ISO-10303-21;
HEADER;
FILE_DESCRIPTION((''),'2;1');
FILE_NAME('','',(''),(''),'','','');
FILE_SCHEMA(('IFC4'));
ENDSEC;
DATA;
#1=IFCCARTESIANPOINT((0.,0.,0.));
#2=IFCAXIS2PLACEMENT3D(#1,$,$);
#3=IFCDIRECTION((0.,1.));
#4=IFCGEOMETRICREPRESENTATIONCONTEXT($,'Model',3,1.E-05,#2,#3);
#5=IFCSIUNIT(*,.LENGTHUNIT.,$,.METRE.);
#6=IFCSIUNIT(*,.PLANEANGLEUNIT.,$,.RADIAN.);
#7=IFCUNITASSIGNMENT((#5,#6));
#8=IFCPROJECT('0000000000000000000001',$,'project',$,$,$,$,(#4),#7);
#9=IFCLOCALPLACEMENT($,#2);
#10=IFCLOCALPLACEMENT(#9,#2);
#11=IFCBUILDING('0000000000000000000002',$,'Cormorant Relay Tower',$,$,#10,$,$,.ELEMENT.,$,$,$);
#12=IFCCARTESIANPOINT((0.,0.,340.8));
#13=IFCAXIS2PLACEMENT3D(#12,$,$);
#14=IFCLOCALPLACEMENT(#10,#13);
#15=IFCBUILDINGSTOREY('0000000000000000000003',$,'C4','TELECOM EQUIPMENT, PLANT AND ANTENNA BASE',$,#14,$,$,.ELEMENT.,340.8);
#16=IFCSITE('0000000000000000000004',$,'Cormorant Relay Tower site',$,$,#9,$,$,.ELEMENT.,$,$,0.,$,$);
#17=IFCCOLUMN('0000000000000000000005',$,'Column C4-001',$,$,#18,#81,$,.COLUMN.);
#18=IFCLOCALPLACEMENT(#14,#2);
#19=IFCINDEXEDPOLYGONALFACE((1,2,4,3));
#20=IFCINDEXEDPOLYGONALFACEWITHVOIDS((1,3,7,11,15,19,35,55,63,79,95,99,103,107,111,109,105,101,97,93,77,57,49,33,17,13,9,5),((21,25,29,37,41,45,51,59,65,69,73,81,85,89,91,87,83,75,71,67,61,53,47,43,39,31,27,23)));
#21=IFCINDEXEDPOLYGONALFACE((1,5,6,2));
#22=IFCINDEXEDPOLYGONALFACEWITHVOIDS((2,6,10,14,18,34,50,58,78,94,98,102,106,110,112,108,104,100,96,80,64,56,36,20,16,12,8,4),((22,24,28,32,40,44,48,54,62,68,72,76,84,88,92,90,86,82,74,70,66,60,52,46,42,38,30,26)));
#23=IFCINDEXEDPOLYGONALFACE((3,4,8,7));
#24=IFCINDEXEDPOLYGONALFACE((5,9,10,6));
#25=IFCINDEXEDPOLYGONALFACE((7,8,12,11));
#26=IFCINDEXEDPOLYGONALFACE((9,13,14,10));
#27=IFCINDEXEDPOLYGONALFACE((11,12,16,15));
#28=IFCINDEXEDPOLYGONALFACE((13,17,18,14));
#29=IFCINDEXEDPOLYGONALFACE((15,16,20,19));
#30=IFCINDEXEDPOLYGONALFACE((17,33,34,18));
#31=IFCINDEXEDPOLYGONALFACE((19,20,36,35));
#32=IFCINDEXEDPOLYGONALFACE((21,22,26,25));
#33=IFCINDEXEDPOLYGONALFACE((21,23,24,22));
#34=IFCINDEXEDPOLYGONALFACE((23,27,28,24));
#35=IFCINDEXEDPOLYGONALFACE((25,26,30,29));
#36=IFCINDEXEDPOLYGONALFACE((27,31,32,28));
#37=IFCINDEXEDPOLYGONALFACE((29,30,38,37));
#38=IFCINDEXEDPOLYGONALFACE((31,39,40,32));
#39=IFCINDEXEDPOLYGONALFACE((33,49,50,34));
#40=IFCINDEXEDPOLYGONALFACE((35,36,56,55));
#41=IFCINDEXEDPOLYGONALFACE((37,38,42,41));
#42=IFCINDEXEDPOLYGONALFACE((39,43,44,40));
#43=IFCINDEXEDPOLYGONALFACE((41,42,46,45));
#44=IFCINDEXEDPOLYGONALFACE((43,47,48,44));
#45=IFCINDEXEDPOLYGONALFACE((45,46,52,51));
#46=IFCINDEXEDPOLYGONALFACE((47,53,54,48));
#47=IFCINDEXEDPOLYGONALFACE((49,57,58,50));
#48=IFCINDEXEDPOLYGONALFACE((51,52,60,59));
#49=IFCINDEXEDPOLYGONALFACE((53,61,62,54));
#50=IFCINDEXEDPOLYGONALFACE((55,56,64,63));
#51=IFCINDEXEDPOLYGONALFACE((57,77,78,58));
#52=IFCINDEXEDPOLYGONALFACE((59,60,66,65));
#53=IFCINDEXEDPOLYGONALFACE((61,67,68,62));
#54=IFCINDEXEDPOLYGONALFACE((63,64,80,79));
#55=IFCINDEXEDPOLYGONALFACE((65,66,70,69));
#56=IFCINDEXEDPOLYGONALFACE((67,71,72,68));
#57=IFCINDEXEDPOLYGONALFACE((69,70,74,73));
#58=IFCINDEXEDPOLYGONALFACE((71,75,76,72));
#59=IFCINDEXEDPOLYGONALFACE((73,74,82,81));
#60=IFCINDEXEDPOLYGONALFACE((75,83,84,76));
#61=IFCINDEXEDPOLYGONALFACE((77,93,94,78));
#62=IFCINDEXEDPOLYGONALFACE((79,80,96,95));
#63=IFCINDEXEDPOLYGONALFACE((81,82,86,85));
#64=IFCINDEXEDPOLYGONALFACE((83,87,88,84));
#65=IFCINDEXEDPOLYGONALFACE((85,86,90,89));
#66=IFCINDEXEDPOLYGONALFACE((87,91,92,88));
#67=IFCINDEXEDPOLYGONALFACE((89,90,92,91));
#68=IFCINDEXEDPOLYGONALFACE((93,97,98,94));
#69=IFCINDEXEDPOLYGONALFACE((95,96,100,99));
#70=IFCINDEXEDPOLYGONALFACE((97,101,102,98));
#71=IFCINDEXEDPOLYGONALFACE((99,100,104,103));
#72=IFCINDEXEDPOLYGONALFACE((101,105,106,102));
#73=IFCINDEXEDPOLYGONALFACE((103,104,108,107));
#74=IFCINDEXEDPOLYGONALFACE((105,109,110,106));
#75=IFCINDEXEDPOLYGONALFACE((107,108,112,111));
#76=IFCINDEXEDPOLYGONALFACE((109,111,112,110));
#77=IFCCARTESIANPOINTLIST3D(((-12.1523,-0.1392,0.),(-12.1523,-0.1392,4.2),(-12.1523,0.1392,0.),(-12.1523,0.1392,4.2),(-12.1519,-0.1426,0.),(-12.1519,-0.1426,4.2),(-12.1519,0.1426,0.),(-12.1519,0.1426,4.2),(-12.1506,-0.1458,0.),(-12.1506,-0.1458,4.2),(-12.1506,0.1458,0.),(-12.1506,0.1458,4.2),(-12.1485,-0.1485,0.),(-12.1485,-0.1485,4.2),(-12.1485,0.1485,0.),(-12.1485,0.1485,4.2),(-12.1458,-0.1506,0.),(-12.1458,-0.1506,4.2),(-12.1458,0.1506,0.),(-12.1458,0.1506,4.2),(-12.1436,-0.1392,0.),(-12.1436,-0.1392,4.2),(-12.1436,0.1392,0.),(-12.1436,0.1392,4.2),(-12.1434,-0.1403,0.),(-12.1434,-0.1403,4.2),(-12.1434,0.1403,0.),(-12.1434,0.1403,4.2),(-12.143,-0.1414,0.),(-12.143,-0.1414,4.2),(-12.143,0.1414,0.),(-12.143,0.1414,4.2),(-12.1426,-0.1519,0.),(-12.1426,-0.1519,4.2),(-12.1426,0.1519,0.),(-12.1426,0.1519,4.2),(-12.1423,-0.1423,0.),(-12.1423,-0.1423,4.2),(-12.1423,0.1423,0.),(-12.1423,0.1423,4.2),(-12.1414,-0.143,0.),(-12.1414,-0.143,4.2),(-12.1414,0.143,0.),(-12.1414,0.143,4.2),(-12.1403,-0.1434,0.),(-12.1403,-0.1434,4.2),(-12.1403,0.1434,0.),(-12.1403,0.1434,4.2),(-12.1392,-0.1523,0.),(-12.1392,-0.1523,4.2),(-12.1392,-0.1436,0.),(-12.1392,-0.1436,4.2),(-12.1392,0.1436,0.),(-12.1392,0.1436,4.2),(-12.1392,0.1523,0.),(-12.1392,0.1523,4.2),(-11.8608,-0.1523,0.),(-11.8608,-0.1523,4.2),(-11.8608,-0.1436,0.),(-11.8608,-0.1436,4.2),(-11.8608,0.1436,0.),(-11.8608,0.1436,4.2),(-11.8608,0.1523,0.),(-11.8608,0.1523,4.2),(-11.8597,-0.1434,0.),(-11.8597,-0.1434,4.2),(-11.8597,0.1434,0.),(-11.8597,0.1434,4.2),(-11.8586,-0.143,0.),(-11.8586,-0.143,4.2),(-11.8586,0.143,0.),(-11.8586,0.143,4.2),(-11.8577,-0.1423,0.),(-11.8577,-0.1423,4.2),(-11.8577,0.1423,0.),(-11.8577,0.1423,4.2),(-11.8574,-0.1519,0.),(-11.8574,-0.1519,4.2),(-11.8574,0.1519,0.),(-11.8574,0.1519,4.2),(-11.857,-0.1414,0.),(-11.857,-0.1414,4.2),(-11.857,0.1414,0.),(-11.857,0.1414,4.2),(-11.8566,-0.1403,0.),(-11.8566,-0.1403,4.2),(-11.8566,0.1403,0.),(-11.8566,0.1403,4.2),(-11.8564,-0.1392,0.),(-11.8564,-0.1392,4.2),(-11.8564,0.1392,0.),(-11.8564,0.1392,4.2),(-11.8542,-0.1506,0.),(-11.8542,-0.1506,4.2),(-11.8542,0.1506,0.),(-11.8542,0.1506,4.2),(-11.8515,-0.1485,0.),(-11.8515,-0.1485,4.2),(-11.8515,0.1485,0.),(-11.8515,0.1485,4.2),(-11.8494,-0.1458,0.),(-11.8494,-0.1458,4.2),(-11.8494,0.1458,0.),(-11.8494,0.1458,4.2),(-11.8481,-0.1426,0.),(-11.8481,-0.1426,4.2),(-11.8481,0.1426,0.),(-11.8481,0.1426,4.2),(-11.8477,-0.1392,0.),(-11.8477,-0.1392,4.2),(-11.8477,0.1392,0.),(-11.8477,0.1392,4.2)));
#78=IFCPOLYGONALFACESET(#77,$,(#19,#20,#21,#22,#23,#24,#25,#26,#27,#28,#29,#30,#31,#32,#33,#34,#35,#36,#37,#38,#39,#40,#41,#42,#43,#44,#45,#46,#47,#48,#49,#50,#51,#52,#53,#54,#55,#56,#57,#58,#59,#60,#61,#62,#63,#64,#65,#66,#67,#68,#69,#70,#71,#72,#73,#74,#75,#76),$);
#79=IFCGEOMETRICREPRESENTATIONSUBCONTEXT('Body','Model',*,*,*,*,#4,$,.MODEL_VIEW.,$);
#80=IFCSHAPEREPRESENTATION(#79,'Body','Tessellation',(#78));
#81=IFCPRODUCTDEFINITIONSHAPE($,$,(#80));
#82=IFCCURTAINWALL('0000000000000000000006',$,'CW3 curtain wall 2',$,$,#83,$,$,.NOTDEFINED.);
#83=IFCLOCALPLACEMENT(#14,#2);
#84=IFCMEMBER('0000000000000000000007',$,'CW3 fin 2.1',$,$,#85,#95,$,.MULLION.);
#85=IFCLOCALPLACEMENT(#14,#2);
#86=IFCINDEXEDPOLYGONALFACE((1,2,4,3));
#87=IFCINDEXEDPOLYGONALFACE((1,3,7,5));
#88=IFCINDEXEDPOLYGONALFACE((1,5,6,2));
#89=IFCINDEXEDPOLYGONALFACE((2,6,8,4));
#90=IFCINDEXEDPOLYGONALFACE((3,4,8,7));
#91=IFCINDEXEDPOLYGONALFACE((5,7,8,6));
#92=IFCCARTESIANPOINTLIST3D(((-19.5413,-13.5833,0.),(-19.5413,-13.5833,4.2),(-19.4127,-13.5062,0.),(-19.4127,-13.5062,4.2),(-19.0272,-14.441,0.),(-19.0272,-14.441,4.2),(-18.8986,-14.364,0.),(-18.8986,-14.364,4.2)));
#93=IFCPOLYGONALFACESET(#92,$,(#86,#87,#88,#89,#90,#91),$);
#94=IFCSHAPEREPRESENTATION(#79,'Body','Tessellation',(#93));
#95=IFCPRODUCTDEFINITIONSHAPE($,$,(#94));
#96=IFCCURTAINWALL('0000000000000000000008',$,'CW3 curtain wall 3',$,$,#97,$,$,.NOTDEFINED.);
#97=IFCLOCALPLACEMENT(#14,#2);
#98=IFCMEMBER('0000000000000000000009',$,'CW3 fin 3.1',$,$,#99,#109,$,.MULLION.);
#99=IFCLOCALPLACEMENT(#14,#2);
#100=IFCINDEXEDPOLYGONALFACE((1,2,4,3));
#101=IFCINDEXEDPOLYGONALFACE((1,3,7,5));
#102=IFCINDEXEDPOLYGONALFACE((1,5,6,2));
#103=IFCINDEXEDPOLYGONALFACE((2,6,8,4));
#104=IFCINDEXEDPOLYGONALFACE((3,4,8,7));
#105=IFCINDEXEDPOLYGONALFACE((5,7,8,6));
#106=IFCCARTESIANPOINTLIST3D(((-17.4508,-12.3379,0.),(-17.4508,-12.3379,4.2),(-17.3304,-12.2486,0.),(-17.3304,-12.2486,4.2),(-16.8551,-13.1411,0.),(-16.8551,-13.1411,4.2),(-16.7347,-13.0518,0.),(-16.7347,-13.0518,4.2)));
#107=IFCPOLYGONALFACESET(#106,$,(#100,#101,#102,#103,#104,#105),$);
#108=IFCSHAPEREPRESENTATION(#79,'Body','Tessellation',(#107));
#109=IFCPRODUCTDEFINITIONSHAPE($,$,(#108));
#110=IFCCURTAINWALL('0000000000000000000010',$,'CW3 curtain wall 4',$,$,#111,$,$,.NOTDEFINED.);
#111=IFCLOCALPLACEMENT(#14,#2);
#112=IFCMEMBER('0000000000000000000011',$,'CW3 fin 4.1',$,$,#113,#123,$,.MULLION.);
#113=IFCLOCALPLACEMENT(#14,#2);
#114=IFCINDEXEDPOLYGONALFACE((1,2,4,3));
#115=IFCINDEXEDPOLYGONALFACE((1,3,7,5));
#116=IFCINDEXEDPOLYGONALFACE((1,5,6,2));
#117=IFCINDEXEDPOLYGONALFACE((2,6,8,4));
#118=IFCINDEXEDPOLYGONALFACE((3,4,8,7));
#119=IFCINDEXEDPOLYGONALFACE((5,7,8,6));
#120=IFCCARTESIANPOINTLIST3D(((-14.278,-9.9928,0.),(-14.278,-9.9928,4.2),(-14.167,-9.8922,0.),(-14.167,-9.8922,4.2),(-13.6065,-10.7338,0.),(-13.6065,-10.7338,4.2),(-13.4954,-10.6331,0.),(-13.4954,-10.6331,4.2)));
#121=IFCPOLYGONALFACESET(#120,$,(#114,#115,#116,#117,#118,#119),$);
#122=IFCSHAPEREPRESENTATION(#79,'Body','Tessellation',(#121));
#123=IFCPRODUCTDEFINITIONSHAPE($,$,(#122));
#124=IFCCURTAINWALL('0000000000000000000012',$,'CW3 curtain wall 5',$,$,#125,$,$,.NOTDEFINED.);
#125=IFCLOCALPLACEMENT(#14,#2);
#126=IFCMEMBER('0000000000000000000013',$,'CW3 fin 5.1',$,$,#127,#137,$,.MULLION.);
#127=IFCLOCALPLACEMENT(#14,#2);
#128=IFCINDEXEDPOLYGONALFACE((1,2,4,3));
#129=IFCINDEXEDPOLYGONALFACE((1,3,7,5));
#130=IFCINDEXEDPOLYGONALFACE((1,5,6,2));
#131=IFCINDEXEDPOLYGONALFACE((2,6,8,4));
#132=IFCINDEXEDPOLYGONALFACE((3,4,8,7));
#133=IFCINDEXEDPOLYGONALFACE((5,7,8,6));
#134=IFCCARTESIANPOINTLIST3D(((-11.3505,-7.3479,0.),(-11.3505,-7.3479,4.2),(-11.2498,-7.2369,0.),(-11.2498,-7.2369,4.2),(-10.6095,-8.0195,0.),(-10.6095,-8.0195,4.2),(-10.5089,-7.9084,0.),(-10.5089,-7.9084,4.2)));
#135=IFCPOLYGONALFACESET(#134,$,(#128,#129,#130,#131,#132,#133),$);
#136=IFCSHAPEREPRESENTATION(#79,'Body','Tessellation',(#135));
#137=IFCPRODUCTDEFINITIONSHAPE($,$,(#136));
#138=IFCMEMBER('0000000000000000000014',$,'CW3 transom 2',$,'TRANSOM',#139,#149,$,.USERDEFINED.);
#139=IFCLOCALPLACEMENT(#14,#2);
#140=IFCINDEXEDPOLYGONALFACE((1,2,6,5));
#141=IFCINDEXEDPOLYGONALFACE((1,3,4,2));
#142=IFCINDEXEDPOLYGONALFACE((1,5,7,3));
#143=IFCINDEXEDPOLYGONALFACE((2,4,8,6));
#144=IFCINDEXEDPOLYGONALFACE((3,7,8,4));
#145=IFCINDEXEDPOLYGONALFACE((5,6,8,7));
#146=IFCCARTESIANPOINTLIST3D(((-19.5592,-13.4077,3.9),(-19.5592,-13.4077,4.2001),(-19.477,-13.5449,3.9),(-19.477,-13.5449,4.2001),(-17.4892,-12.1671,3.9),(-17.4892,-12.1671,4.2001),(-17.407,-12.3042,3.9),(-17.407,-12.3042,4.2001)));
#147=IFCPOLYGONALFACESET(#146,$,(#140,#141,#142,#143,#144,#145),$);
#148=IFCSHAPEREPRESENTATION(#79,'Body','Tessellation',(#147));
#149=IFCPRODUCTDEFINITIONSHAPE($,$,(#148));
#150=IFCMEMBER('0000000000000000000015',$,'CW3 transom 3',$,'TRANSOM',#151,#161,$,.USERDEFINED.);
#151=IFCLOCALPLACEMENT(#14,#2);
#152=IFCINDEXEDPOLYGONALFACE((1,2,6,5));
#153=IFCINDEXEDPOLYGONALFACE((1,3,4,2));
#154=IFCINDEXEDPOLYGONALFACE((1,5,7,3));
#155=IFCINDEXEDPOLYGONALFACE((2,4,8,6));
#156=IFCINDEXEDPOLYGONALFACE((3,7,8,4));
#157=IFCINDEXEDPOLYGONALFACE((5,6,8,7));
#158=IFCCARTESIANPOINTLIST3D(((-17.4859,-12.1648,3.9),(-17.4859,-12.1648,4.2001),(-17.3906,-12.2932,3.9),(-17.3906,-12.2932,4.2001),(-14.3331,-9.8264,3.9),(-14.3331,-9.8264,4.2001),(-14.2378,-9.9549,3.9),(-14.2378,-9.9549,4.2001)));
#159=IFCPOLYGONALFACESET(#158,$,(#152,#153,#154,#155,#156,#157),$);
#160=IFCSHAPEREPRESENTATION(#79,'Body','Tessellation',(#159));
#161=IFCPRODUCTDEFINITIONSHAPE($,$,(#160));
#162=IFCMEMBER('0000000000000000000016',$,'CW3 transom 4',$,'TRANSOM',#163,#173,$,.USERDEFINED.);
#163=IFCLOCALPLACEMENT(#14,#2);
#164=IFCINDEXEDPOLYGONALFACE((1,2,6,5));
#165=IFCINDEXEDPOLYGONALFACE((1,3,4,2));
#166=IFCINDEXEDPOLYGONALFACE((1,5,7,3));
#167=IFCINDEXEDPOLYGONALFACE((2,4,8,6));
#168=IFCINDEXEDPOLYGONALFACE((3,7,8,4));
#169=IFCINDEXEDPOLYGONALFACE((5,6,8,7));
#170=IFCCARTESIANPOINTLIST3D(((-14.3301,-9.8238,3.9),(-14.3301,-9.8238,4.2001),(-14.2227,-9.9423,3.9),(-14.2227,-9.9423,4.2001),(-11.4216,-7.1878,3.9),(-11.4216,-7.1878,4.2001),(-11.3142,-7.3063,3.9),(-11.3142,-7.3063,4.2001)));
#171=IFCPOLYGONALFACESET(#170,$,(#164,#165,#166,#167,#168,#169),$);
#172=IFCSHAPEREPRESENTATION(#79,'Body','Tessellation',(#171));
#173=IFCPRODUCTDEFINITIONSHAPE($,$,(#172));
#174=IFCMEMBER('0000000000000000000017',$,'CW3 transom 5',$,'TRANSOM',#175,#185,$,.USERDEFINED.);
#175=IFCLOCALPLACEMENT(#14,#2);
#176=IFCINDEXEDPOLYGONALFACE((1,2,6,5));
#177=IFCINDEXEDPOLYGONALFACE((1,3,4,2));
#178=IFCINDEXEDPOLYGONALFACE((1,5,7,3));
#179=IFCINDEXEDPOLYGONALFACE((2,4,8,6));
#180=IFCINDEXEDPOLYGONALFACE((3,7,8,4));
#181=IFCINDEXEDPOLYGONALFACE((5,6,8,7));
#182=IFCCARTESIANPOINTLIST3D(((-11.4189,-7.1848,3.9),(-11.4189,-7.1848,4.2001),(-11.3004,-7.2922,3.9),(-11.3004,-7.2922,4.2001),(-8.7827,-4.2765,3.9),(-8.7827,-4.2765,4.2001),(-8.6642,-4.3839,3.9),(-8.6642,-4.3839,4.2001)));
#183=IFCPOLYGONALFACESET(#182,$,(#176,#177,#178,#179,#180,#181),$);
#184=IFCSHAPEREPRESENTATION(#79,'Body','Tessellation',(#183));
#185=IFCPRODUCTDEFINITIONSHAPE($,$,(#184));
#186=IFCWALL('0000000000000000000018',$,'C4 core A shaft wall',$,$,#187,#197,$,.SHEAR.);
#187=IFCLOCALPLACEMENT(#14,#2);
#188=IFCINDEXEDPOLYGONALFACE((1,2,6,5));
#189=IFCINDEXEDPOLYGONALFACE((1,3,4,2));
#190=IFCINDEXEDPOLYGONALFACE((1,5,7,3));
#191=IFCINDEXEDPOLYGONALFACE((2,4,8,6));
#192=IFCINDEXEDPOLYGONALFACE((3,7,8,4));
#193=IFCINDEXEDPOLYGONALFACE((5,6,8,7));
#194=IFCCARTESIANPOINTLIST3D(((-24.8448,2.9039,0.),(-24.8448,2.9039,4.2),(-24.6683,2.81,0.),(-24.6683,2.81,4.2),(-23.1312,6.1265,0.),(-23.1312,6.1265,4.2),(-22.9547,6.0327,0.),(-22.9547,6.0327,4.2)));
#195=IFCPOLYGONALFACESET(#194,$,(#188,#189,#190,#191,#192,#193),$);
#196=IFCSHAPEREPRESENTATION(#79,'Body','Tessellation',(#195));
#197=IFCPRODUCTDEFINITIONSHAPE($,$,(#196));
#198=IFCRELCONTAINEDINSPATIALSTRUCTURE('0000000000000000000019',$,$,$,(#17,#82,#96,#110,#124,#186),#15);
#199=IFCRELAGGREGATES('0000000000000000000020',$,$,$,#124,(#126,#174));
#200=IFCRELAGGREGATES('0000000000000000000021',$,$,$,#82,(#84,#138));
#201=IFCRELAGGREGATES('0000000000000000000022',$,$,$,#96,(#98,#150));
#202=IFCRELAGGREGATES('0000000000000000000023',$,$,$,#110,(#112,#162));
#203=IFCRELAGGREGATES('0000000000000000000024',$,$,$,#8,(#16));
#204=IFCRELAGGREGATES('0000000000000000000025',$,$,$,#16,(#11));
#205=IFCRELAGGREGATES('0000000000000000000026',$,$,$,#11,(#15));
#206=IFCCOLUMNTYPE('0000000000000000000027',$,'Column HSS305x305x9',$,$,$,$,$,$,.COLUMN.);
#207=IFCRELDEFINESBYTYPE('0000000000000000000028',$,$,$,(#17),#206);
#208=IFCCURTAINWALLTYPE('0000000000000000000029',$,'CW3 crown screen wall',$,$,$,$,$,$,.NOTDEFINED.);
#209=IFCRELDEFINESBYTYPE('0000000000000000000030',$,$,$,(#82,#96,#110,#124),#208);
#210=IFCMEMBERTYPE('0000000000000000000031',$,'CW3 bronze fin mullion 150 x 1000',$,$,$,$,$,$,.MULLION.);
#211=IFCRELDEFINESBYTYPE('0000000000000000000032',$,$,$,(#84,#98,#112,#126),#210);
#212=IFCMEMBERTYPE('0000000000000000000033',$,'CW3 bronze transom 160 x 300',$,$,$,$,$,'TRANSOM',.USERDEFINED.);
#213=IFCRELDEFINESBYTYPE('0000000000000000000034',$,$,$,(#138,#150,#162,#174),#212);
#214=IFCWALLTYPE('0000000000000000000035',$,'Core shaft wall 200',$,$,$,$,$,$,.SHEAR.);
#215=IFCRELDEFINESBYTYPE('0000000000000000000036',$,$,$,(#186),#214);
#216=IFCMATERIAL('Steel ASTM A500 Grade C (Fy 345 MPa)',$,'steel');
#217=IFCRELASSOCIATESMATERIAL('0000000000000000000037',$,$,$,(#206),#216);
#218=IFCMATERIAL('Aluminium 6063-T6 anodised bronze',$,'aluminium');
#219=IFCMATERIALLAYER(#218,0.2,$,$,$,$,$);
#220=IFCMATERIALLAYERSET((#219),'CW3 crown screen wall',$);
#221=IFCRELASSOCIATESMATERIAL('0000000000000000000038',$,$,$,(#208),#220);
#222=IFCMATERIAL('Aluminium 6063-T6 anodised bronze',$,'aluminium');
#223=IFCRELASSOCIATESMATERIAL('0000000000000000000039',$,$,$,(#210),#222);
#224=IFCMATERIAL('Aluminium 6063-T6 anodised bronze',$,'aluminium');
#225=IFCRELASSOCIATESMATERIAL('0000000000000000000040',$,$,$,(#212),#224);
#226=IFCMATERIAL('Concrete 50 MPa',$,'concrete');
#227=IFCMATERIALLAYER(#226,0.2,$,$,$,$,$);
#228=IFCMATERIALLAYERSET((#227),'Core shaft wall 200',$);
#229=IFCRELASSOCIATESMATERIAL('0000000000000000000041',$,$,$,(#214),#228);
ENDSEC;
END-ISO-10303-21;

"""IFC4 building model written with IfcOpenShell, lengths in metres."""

from ifc_helpers import new_model, si_unit, direction, frame, frame_2d, origin, origin_2d, place, context, subcontext, project, spatial, rectangle, hollow_rectangle, extrude, material, layer, layer_set, material_profile, profile_set, type_object, element, aggregate, save


model = new_model("IFC4")

# Units and contexts
model_context = context("Model", 3, precision=1e-05, world=origin(), true_north=direction((0.0, 1.0)))
body_context = subcontext(model_context, "Body", "Model", "MODEL_VIEW")
ifc_project = project(units=[si_unit("LENGTHUNIT", "METRE"), si_unit("PLANEANGLEUNIT", "RADIAN")], contexts=[model_context])

# Site, building, storey
site_placement = place(None, origin())
site = spatial("IfcSite", under=ifc_project, at=site_placement, Name="Cormorant Relay Tower site", CompositionType="ELEMENT", RefElevation=0.0)
building_placement = place(site_placement, origin())
building = spatial("IfcBuilding", under=site, at=building_placement, Name="Cormorant Relay Tower", CompositionType="ELEMENT")
storey_placement = place(building_placement, frame((0.0, 0.0, 340.8)))
storey = spatial("IfcBuildingStorey", under=building, at=storey_placement, Name="C4", Description="TELECOM EQUIPMENT, PLANT AND ANTENNA BASE", CompositionType="ELEMENT", Elevation=340.8)

# Column
ifc_material_1 = material(Name="Steel ASTM A500 Grade C (Fy 345 MPa)", Category="steel")
ifc_material_profile_1 = material_profile(ifc_material_1, hollow_rectangle(XDim=0.3047, YDim=0.3047, WallThickness=0.0088, InnerFilletRadius=0.0044, OuterFilletRadius=0.0132, at=origin_2d()), Name="HSS305x305x9")
ifc_profile_set_1 = profile_set([ifc_material_profile_1], Name="Steel ASTM A500 Grade C (Fy 345 MPa)")
column_type = type_object("IfcColumnType", Name="Column HSS305x305x9", PredefinedType="COLUMN", material=ifc_profile_set_1)
column_placement = place(storey_placement, frame((-12.0, 0.0, 0.0), z_axis=(0.0, 0.0, 1.0), x_axis=(1.0, 0.0, 0.0)))
element("IfcColumn", 1, at=column_placement, inside=storey, type_object=column_type, Name="Column C4-001", PredefinedType="COLUMN", context=body_context, shape_type="SweptSolid", body=[
    extrude(hollow_rectangle(XDim=0.3047, YDim=0.3047, WallThickness=0.0088, InnerFilletRadius=0.0044, OuterFilletRadius=0.0132, at=origin_2d()), origin(), (0.0, 0.0, 1.0), 4.2),
])

# Curtain walls, members
ifc_material_2 = material(Name="Aluminium 6063-T6 anodised bronze", Category="aluminium")
ifc_layer_1 = layer(ifc_material_2, 0.2)
ifc_layer_set_1 = layer_set([ifc_layer_1], Name="CW3 crown screen wall")
curtain_wall_type = type_object("IfcCurtainWallType", Name="CW3 crown screen wall", PredefinedType="NOTDEFINED", material=ifc_layer_set_1)
curtain_wall_1_placement = place(storey_placement, origin())
curtain_wall_1 = element("IfcCurtainWall", 2, at=curtain_wall_1_placement, inside=storey, type_object=curtain_wall_type, Name="CW3 curtain wall 2", PredefinedType="NOTDEFINED")
ifc_material_3 = material(Name="Aluminium 6063-T6 anodised bronze", Category="aluminium")
ifc_material_profile_2 = material_profile(ifc_material_3, rectangle(XDim=0.1499, YDim=1.0, at=origin_2d()), Name="AL 150x1000")
ifc_profile_set_2 = profile_set([ifc_material_profile_2], Name="Aluminium 6063-T6 anodised bronze")
member_type_1 = type_object("IfcMemberType", Name="CW3 bronze fin mullion 150 x 1000", PredefinedType="MULLION", material=ifc_profile_set_2)
member_1_placement = place(storey_placement, frame((-19.22, -13.9736, 0.0), z_axis=(0.0, 0.0, 1.0), x_axis=(0.857729, 0.514103, 0.0)))
member_1 = element("IfcMember", 3, at=member_1_placement, type_object=member_type_1, Name="CW3 fin 2.1", PredefinedType="MULLION", context=body_context, shape_type="SweptSolid", body=[
    extrude(rectangle(XDim=0.1499, YDim=1.0, at=origin_2d()), origin(), (0.0, 0.0, 1.0), 4.2),
])
curtain_wall_2_placement = place(storey_placement, origin())
curtain_wall_2 = element("IfcCurtainWall", 4, at=curtain_wall_2_placement, inside=storey, type_object=curtain_wall_type, Name="CW3 curtain wall 3", PredefinedType="NOTDEFINED")
member_2_placement = place(storey_placement, frame((-17.0928, -12.6948, 0.0), z_axis=(0.0, 0.0, 1.0), x_axis=(0.803208, 0.595699, 0.0)))
member_2 = element("IfcMember", 5, at=member_2_placement, type_object=member_type_1, Name="CW3 fin 3.1", PredefinedType="MULLION", context=body_context, shape_type="SweptSolid", body=[
    extrude(rectangle(XDim=0.1499, YDim=1.0, at=origin_2d()), origin(), (0.0, 0.0, 1.0), 4.2),
])
curtain_wall_3_placement = place(storey_placement, origin())
curtain_wall_3 = element("IfcCurtainWall", 6, at=curtain_wall_3_placement, inside=storey, type_object=curtain_wall_type, Name="CW3 curtain wall 4", PredefinedType="NOTDEFINED")
member_3_placement = place(storey_placement, frame((-13.8867, -10.313, 0.0), z_axis=(0.0, 0.0, 1.0), x_axis=(0.740951, 0.671559, 0.0)))
member_3 = element("IfcMember", 7, at=member_3_placement, type_object=member_type_1, Name="CW3 fin 4.1", PredefinedType="MULLION", context=body_context, shape_type="SweptSolid", body=[
    extrude(rectangle(XDim=0.1499, YDim=1.0, at=origin_2d()), origin(), (0.0, 0.0, 1.0), 4.2),
])
curtain_wall_4_placement = place(storey_placement, origin())
curtain_wall_4 = element("IfcCurtainWall", 8, at=curtain_wall_4_placement, inside=storey, type_object=curtain_wall_type, Name="CW3 curtain wall 5", PredefinedType="NOTDEFINED")
member_4_placement = place(storey_placement, frame((-10.9297, -7.6282, 0.0), z_axis=(0.0, 0.0, 1.0), x_axis=(0.671559, 0.740951, 0.0)))
member_4 = element("IfcMember", 9, at=member_4_placement, type_object=member_type_1, Name="CW3 fin 5.1", PredefinedType="MULLION", context=body_context, shape_type="SweptSolid", body=[
    extrude(rectangle(XDim=0.1499, YDim=1.0, at=origin_2d()), origin(), (0.0, 0.0, 1.0), 4.2),
])

# Members
ifc_material_4 = material(Name="Aluminium 6063-T6 anodised bronze", Category="aluminium")
ifc_material_profile_3 = material_profile(ifc_material_4, rectangle(XDim=0.1599, YDim=0.3, at=origin_2d()), Name="AL 160x300")
ifc_profile_set_3 = profile_set([ifc_material_profile_3], Name="Aluminium 6063-T6 anodised bronze")
member_type_2 = type_object("IfcMemberType", Name="CW3 bronze transom 160 x 300", ElementType="TRANSOM", PredefinedType="USERDEFINED", material=ifc_profile_set_3)
member_5_placement = place(storey_placement, frame((-19.5181, -13.4763, 4.05), z_axis=(0.857734, 0.514094, 0.0), x_axis=(-0.514094, 0.857734, 0.0)))
member_5 = element("IfcMember", 10, at=member_5_placement, type_object=member_type_2, Name="CW3 transom 2", ObjectType="TRANSOM", PredefinedType="USERDEFINED", context=body_context, shape_type="SweptSolid", body=[
    extrude(rectangle(XDim=0.1599, YDim=0.3, at=origin_2d()), origin(), (0.0, 0.0, 1.0), 2.4133),
])
member_6_placement = place(storey_placement, frame((-17.4382, -12.229, 4.05), z_axis=(0.803198, 0.595712, 0.0), x_axis=(-0.595712, 0.803198, 0.0)))
member_6 = element("IfcMember", 11, at=member_6_placement, type_object=member_type_2, Name="CW3 transom 3", ObjectType="TRANSOM", PredefinedType="USERDEFINED", context=body_context, shape_type="SweptSolid", body=[
    extrude(rectangle(XDim=0.1599, YDim=0.3, at=origin_2d()), origin(), (0.0, 0.0, 1.0), 3.9253),
])
member_7_placement = place(storey_placement, frame((-14.2764, -9.8831, 4.05), z_axis=(0.740961, 0.671548, 0.0), x_axis=(-0.671548, 0.740961, 0.0)))
member_7 = element("IfcMember", 12, at=member_7_placement, type_object=member_type_2, Name="CW3 transom 4", ObjectType="TRANSOM", PredefinedType="USERDEFINED", context=body_context, shape_type="SweptSolid", body=[
    extrude(rectangle(XDim=0.1599, YDim=0.3, at=origin_2d()), origin(), (0.0, 0.0, 1.0), 3.9253),
])
member_8_placement = place(storey_placement, frame((-11.3596, -7.2385, 4.05), z_axis=(0.671582, 0.74093, 0.0), x_axis=(-0.74093, 0.671582, 0.0)))
member_8 = element("IfcMember", 13, at=member_8_placement, type_object=member_type_2, Name="CW3 transom 5", ObjectType="TRANSOM", PredefinedType="USERDEFINED", context=body_context, shape_type="SweptSolid", body=[
    extrude(rectangle(XDim=0.1599, YDim=0.3, at=origin_2d()), origin(), (0.0, 0.0, 1.0), 3.9253),
])
aggregate(curtain_wall_4, [member_4, member_8])

# Wall
ifc_material_5 = material(Name="Concrete 50 MPa", Category="concrete")
ifc_layer_2 = layer(ifc_material_5, 0.2)
ifc_layer_set_2 = layer_set([ifc_layer_2], Name="Core shaft wall 200")
wall_type_1 = type_object("IfcWallType", Name="Core shaft wall 200", PredefinedType="SHEAR", material=ifc_layer_set_2)
wall_1_placement = place(storey_placement, frame((-23.043, 6.0796, 0.0), z_axis=(0.0, 0.0, 1.0), x_axis=(-0.469494, -0.882936, 0.0)))
element("IfcWall", 14, at=wall_1_placement, inside=storey, type_object=wall_type_1, Name="C4 core A shaft wall", PredefinedType="SHEAR", context=body_context, shape_type="SweptSolid", body=[
    extrude(rectangle(XDim=3.6499, YDim=0.2, at=frame_2d((1.825, 0.0))), origin(), (0.0, 0.0, 1.0), 4.2),
])

aggregate(curtain_wall_1, [member_1, member_5])
aggregate(curtain_wall_2, [member_2, member_6])
aggregate(curtain_wall_3, [member_3, member_7])

save(model, "model.ifc")
